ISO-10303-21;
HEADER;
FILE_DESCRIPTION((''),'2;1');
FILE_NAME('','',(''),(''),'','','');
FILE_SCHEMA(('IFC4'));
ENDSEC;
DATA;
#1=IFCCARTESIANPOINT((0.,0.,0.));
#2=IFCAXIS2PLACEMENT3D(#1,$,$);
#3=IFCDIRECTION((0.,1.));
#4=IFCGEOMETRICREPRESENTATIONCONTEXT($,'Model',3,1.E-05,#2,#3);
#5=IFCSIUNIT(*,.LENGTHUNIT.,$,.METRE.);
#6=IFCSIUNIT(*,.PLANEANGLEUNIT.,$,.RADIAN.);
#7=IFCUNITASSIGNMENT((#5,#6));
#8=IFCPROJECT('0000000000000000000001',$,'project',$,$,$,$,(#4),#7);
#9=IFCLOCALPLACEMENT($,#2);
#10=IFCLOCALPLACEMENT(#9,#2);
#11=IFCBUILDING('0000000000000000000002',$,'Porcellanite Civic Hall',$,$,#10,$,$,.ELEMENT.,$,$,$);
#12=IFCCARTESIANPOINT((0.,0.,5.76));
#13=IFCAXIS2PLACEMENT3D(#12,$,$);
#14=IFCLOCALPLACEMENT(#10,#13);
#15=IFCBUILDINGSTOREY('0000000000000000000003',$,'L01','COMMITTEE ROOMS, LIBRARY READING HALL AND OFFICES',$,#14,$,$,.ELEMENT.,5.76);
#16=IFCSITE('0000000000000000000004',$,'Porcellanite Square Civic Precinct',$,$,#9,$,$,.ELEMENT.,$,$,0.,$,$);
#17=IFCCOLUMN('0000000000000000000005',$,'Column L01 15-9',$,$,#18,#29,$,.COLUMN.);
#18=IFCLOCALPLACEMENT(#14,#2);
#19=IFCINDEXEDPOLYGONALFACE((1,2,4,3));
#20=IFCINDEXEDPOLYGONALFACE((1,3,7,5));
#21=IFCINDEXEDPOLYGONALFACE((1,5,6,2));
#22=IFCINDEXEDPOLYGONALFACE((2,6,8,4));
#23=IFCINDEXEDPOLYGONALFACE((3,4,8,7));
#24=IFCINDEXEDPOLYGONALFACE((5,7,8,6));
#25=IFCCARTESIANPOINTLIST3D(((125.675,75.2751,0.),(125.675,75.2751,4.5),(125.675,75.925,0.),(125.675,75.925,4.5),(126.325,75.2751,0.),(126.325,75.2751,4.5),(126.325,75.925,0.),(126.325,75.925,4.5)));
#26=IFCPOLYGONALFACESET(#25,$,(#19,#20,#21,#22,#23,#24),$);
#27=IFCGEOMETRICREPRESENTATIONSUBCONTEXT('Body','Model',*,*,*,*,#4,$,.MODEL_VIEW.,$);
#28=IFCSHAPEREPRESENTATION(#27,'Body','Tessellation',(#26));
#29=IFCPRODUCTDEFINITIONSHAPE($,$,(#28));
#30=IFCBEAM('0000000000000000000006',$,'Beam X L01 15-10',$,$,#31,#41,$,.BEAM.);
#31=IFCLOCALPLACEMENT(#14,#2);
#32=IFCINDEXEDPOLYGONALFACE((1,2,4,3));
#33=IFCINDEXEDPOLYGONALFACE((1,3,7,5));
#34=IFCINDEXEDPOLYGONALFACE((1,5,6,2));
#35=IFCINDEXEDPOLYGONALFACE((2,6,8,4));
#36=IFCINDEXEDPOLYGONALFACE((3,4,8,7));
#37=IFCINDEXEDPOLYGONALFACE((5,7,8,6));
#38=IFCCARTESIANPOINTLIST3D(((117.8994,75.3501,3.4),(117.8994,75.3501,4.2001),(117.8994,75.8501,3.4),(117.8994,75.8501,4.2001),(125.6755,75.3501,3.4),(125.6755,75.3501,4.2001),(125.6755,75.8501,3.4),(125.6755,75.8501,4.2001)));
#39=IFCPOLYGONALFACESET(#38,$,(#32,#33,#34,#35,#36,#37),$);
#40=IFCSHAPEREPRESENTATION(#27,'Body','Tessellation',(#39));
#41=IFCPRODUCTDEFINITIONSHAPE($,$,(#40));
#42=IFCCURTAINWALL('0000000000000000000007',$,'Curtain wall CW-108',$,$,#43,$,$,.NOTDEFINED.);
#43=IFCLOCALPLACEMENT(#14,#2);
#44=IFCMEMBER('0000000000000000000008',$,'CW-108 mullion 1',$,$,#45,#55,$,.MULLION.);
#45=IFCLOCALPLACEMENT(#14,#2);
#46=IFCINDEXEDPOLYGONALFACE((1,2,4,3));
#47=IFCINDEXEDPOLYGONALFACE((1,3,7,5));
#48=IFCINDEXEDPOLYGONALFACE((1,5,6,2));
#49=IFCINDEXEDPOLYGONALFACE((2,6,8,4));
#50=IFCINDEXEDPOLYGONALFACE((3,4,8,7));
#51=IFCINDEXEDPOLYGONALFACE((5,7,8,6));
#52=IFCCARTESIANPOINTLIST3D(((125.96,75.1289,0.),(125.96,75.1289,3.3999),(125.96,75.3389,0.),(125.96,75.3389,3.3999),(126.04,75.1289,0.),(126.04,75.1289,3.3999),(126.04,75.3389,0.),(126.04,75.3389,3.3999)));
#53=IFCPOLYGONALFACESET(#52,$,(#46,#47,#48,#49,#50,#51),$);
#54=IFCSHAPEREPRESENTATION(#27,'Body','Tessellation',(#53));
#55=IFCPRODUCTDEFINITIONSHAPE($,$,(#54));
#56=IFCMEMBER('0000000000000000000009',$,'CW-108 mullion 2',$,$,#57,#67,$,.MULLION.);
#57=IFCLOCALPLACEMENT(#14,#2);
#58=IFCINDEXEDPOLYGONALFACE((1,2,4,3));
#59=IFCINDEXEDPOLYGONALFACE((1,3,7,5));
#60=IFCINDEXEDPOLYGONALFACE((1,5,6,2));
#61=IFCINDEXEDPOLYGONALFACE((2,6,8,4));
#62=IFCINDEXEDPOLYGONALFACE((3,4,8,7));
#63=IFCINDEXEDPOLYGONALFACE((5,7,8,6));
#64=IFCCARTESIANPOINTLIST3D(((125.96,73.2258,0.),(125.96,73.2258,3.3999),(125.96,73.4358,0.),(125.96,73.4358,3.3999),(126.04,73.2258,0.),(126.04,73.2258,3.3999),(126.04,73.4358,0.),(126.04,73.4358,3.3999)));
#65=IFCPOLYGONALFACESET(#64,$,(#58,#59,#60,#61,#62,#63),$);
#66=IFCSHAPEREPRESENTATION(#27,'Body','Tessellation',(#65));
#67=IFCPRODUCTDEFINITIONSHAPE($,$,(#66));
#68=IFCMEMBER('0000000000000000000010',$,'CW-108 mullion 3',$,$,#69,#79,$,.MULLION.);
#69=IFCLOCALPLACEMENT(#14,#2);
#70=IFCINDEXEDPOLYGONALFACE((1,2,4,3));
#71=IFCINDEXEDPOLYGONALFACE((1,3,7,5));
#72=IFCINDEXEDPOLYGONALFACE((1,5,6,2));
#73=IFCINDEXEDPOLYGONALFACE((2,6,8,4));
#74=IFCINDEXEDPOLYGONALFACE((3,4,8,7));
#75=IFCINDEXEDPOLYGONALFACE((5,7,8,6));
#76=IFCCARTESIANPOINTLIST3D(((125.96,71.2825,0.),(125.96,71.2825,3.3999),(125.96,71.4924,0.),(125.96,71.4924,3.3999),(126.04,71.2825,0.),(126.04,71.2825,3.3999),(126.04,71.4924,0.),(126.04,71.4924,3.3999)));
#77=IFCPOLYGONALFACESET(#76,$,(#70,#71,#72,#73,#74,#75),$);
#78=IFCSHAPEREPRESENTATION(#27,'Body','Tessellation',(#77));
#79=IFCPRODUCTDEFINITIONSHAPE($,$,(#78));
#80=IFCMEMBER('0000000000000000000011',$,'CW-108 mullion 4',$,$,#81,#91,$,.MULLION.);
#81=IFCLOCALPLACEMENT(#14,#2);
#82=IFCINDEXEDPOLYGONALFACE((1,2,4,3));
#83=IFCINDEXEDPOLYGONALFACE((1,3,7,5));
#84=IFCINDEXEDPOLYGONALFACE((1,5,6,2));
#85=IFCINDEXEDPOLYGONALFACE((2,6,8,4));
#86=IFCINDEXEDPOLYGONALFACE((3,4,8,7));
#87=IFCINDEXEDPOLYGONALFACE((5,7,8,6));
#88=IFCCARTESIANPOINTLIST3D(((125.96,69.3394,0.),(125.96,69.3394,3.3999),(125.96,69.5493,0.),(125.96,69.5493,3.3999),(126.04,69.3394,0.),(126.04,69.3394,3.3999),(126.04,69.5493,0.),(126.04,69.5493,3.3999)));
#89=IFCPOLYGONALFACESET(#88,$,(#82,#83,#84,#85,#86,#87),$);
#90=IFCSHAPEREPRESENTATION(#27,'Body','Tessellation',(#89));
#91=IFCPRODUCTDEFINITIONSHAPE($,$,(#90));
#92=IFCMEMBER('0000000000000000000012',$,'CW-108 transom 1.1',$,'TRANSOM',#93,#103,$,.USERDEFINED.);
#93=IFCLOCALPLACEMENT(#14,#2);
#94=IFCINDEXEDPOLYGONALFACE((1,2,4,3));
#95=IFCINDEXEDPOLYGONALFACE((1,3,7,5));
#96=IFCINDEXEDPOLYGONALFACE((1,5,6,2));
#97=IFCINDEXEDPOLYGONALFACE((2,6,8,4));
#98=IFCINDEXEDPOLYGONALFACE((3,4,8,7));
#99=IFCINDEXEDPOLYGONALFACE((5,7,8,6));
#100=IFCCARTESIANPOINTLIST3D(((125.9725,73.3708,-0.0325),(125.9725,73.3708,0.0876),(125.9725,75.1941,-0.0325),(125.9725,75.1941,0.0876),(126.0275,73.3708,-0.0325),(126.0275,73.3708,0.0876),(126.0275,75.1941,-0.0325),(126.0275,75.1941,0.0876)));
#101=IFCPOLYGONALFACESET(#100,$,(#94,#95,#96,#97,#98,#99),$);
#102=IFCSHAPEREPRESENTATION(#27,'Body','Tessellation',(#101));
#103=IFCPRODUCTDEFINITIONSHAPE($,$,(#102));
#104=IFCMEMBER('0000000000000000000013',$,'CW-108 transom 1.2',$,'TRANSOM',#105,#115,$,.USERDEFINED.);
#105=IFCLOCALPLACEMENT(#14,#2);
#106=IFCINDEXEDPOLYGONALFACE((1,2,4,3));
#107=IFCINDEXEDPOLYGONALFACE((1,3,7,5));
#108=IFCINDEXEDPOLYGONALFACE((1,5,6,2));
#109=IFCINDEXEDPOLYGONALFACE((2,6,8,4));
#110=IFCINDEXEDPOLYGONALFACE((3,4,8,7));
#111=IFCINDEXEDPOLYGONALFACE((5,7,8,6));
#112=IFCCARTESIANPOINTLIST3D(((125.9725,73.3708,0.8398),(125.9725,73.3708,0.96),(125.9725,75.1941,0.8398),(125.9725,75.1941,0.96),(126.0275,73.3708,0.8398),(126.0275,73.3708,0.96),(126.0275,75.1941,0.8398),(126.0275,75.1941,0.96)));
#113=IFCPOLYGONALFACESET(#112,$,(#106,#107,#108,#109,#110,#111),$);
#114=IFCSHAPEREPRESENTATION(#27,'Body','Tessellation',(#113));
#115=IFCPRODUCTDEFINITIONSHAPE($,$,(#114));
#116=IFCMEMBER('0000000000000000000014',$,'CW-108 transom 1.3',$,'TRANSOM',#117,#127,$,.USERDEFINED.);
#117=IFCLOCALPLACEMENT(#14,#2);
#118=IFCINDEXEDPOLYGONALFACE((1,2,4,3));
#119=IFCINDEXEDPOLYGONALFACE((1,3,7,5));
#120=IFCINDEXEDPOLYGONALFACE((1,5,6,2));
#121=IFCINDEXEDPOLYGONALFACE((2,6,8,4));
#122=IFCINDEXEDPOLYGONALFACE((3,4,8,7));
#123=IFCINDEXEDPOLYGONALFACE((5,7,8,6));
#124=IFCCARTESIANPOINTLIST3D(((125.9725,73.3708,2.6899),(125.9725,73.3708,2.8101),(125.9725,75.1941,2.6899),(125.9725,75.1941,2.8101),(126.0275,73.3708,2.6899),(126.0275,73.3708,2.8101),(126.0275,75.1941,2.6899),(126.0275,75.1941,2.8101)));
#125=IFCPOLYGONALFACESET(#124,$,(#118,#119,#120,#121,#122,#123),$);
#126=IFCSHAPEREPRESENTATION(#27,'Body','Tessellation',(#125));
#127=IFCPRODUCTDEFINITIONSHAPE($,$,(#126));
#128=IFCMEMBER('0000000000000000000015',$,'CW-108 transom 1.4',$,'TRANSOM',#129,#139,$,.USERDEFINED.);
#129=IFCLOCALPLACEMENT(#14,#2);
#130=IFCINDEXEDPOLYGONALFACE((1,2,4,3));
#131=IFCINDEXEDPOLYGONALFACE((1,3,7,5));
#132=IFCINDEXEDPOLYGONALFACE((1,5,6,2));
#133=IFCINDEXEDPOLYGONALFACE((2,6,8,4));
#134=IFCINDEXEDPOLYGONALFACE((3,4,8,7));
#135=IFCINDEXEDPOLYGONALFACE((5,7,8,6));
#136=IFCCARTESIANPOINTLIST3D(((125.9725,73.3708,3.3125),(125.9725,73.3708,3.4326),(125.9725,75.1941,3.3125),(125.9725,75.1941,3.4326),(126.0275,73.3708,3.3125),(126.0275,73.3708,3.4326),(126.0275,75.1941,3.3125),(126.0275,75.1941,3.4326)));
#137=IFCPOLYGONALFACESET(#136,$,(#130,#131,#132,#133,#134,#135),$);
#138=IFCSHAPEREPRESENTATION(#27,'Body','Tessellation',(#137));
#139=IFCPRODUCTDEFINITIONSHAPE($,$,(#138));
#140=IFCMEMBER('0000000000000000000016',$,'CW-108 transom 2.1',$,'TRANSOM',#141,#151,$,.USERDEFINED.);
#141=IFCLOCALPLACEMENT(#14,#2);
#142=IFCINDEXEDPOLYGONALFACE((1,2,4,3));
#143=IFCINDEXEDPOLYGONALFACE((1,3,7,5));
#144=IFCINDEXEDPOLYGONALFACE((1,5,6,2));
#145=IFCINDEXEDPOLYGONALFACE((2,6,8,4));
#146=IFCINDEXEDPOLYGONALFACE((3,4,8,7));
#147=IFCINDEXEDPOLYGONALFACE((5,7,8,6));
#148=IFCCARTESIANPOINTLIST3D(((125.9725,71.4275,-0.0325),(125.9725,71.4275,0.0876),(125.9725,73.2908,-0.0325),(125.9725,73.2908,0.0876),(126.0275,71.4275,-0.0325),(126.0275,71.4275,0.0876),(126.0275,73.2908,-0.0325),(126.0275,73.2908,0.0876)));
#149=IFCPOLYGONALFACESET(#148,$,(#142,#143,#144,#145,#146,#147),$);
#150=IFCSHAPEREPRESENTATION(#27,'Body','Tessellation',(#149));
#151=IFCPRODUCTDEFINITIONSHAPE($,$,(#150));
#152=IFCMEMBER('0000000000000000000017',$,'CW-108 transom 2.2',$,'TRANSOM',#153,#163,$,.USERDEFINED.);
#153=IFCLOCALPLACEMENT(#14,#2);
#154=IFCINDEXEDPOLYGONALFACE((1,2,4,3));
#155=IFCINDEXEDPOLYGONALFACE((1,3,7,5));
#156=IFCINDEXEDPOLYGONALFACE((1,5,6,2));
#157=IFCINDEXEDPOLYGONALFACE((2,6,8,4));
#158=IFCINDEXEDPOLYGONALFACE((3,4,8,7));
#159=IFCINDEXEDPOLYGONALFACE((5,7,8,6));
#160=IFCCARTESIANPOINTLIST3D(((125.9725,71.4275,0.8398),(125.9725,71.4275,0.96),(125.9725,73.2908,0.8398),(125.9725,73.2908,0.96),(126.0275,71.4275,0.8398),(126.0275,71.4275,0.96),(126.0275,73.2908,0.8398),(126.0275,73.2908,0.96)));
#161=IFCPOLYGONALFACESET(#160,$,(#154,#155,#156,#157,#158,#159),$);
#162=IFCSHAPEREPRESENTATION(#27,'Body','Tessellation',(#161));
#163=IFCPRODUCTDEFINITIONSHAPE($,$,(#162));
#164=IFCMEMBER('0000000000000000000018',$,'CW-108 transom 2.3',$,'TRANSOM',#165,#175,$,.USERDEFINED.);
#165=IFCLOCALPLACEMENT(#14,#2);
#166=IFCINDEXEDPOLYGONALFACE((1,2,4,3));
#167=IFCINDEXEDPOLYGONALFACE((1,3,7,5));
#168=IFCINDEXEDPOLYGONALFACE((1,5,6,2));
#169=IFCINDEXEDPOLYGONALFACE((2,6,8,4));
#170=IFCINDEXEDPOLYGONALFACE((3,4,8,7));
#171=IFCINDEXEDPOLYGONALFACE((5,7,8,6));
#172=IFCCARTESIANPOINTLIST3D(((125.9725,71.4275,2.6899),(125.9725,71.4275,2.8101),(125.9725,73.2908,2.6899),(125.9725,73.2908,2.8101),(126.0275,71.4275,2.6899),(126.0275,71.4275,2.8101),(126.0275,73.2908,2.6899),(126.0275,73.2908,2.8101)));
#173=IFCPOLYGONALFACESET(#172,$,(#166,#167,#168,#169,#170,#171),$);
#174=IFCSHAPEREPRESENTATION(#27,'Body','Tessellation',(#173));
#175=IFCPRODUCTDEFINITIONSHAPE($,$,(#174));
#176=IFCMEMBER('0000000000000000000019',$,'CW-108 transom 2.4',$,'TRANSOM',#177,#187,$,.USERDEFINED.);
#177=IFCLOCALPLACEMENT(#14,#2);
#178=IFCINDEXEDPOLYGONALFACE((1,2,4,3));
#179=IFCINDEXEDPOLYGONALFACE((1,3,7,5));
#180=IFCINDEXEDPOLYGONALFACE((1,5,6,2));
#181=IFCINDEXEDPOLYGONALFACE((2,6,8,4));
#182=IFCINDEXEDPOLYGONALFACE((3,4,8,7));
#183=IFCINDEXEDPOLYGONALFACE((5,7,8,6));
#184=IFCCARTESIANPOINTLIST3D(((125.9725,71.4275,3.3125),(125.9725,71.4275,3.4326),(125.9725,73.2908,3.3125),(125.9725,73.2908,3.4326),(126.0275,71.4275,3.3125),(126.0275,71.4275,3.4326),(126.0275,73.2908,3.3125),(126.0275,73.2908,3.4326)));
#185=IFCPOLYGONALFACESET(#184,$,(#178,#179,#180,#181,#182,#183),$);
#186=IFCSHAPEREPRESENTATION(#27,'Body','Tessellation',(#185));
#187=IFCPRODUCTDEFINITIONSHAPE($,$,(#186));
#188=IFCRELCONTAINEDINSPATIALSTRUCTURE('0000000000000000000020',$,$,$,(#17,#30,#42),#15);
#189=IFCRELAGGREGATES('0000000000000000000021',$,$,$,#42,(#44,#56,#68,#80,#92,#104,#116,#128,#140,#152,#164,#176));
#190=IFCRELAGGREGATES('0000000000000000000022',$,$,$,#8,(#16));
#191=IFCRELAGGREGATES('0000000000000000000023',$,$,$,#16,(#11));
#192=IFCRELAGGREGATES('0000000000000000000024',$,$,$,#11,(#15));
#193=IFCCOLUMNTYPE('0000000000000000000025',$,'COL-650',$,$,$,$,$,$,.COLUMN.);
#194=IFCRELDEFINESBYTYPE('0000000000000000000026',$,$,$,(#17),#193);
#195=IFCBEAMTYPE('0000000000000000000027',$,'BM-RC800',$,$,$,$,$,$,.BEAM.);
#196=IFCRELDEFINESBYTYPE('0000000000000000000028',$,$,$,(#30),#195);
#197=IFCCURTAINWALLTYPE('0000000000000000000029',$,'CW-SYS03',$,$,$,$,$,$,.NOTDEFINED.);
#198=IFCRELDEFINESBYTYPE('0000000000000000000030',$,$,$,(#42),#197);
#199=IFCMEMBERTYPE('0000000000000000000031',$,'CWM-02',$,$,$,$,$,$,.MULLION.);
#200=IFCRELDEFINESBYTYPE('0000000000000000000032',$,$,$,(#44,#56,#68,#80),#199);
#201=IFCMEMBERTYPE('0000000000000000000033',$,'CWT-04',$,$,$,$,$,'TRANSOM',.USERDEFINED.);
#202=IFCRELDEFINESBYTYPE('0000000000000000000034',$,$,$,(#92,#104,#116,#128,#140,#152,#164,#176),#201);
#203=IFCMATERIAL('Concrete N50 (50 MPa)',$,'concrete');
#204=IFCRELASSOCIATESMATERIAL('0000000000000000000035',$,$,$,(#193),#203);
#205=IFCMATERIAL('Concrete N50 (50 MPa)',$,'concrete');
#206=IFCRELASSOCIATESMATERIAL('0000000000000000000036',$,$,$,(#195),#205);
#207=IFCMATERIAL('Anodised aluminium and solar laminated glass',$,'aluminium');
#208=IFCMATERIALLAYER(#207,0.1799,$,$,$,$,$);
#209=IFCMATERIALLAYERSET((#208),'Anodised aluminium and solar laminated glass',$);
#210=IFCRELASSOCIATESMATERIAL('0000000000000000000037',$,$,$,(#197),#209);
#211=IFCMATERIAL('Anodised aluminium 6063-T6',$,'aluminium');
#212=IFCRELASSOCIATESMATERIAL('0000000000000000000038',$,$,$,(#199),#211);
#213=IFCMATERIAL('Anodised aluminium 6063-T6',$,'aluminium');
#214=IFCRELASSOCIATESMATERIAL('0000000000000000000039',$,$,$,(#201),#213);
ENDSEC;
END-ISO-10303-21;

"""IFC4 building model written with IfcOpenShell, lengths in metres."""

from ifc_helpers import new_model, si_unit, direction, frame, origin, origin_2d, place, context, subcontext, project, spatial, rectangle, extrude, material, layer, layer_set, material_profile, profile_set, type_object, element, aggregate, save


model = new_model("IFC4")

# Units and contexts
model_context = context("Model", 3, precision=1e-05, world=origin(), true_north=direction((0.0, 1.0)))
body_context = subcontext(model_context, "Body", "Model", "MODEL_VIEW")
ifc_project = project(units=[si_unit("LENGTHUNIT", "METRE"), si_unit("PLANEANGLEUNIT", "RADIAN")], contexts=[model_context])

# Site, building, storey
site_placement = place(None, origin())
site = spatial("IfcSite", under=ifc_project, at=site_placement, Name="Porcellanite Square Civic Precinct", CompositionType="ELEMENT", RefElevation=0.0)
building_placement = place(site_placement, origin())
building = spatial("IfcBuilding", under=site, at=building_placement, Name="Porcellanite Civic Hall", CompositionType="ELEMENT")
storey_placement = place(building_placement, frame((0.0, 0.0, 5.76)))
storey = spatial("IfcBuildingStorey", under=building, at=storey_placement, Name="L01", Description="COMMITTEE ROOMS, LIBRARY READING HALL AND OFFICES", CompositionType="ELEMENT", Elevation=5.76)

# Column
ifc_material_1 = material(Name="Concrete N50 (50 MPa)", Category="concrete")
ifc_material_profile_1 = material_profile(ifc_material_1, rectangle(XDim=0.6499, YDim=0.6499, at=origin_2d()), Name="RC-650x650")
ifc_profile_set_1 = profile_set([ifc_material_profile_1], Name="Concrete N50 (50 MPa)")
column_type = type_object("IfcColumnType", Name="COL-650", PredefinedType="COLUMN", material=ifc_profile_set_1)
column_placement = place(storey_placement, frame((126.0, 75.6001, 0.0), z_axis=(0.0, 0.0, 1.0), x_axis=(1.0, 0.0, 0.0)))
element("IfcColumn", 1, at=column_placement, inside=storey, type_object=column_type, Name="Column L01 15-9", PredefinedType="COLUMN", context=body_context, shape_type="SweptSolid", body=[
    extrude(rectangle(XDim=0.6499, YDim=0.6499, at=origin_2d()), origin(), (0.0, 0.0, 1.0), 4.5),
])

# Beam
ifc_material_2 = material(Name="Concrete N50 (50 MPa)", Category="concrete")
ifc_material_profile_2 = material_profile(ifc_material_2, rectangle(XDim=0.5, YDim=0.8, at=origin_2d()), Name="RC-500x800")
ifc_profile_set_2 = profile_set([ifc_material_profile_2], Name="Concrete N50 (50 MPa)")
beam_type = type_object("IfcBeamType", Name="BM-RC800", PredefinedType="BEAM", material=ifc_profile_set_2)
beam_placement = place(storey_placement, frame((117.8994, 75.6001, 3.8), z_axis=(1.0, 0.0, 0.0), x_axis=(0.0, 1.0, 0.0)))
element("IfcBeam", 2, at=beam_placement, inside=storey, type_object=beam_type, Name="Beam X L01 15-10", PredefinedType="BEAM", context=body_context, shape_type="SweptSolid", body=[
    extrude(rectangle(XDim=0.5, YDim=0.8, at=origin_2d()), origin(), (0.0, 0.0, 1.0), 7.7761),
])

# Curtain wall, members
ifc_material_3 = material(Name="Anodised aluminium and solar laminated glass", Category="aluminium")
ifc_layer_1 = layer(ifc_material_3, 0.1799)
ifc_layer_set_1 = layer_set([ifc_layer_1], Name="Anodised aluminium and solar laminated glass")
curtain_wall_type = type_object("IfcCurtainWallType", Name="CW-SYS03", PredefinedType="NOTDEFINED", material=ifc_layer_set_1)
curtain_wall_placement = place(storey_placement, origin())
curtain_wall = element("IfcCurtainWall", 3, at=curtain_wall_placement, inside=storey, type_object=curtain_wall_type, Name="Curtain wall CW-108", PredefinedType="NOTDEFINED")
ifc_material_4 = material(Name="Anodised aluminium 6063-T6", Category="aluminium")
ifc_material_profile_3 = material_profile(ifc_material_4, rectangle(XDim=0.0801, YDim=0.21, at=origin_2d()), Name="AL-80x210")
ifc_profile_set_3 = profile_set([ifc_material_profile_3], Name="Anodised aluminium 6063-T6")
member_type_1 = type_object("IfcMemberType", Name="CWM-02", PredefinedType="MULLION", material=ifc_profile_set_3)
member_1_placement = place(storey_placement, frame((126.0, 75.2339, 0.0), z_axis=(0.0, 0.0, 1.0), x_axis=(1.0, 0.0, 0.0)))
member_1 = element("IfcMember", 4, at=member_1_placement, type_object=member_type_1, Name="CW-108 mullion 1", PredefinedType="MULLION", context=body_context, shape_type="SweptSolid", body=[
    extrude(rectangle(XDim=0.0801, YDim=0.21, at=origin_2d()), origin(), (0.0, 0.0, 1.0), 3.3999),
])
member_2_placement = place(storey_placement, frame((126.0, 73.3308, 0.0), z_axis=(0.0, 0.0, 1.0), x_axis=(1.0, 0.0, 0.0)))
member_2 = element("IfcMember", 5, at=member_2_placement, type_object=member_type_1, Name="CW-108 mullion 2", PredefinedType="MULLION", context=body_context, shape_type="SweptSolid", body=[
    extrude(rectangle(XDim=0.0801, YDim=0.21, at=origin_2d()), origin(), (0.0, 0.0, 1.0), 3.3999),
])
member_3_placement = place(storey_placement, frame((126.0, 71.3875, 0.0), z_axis=(0.0, 0.0, 1.0), x_axis=(1.0, 0.0, 0.0)))
member_3 = element("IfcMember", 6, at=member_3_placement, type_object=member_type_1, Name="CW-108 mullion 3", PredefinedType="MULLION", context=body_context, shape_type="SweptSolid", body=[
    extrude(rectangle(XDim=0.0801, YDim=0.21, at=origin_2d()), origin(), (0.0, 0.0, 1.0), 3.3999),
])
member_4_placement = place(storey_placement, frame((126.0, 69.4443, 0.0), z_axis=(0.0, 0.0, 1.0), x_axis=(1.0, 0.0, 0.0)))
member_4 = element("IfcMember", 7, at=member_4_placement, type_object=member_type_1, Name="CW-108 mullion 4", PredefinedType="MULLION", context=body_context, shape_type="SweptSolid", body=[
    extrude(rectangle(XDim=0.0801, YDim=0.21, at=origin_2d()), origin(), (0.0, 0.0, 1.0), 3.3999),
])
ifc_material_5 = material(Name="Anodised aluminium 6063-T6", Category="aluminium")
ifc_material_profile_4 = material_profile(ifc_material_5, rectangle(XDim=0.0549, YDim=0.1201, at=origin_2d()), Name="AL-55x120")
ifc_profile_set_4 = profile_set([ifc_material_profile_4], Name="Anodised aluminium 6063-T6")
member_type_2 = type_object("IfcMemberType", Name="CWT-04", ElementType="TRANSOM", PredefinedType="USERDEFINED", material=ifc_profile_set_4)
member_5_placement = place(storey_placement, frame((126.0, 75.1941, 0.0276), z_axis=(0.0, -1.0, 0.0), x_axis=(1.0, 0.0, 0.0)))
member_5 = element("IfcMember", 8, at=member_5_placement, type_object=member_type_2, Name="CW-108 transom 1.1", ObjectType="TRANSOM", PredefinedType="USERDEFINED", context=body_context, shape_type="SweptSolid", body=[
    extrude(rectangle(XDim=0.0549, YDim=0.1201, at=origin_2d()), origin(), (0.0, 0.0, 1.0), 1.8232),
])
member_6_placement = place(storey_placement, frame((126.0, 75.1941, 0.8999), z_axis=(0.0, -1.0, 0.0), x_axis=(1.0, 0.0, 0.0)))
member_6 = element("IfcMember", 9, at=member_6_placement, type_object=member_type_2, Name="CW-108 transom 1.2", ObjectType="TRANSOM", PredefinedType="USERDEFINED", context=body_context, shape_type="SweptSolid", body=[
    extrude(rectangle(XDim=0.0549, YDim=0.1201, at=origin_2d()), origin(), (0.0, 0.0, 1.0), 1.8232),
])
member_7_placement = place(storey_placement, frame((126.0, 75.1941, 2.75), z_axis=(0.0, -1.0, 0.0), x_axis=(1.0, 0.0, 0.0)))
member_7 = element("IfcMember", 10, at=member_7_placement, type_object=member_type_2, Name="CW-108 transom 1.3", ObjectType="TRANSOM", PredefinedType="USERDEFINED", context=body_context, shape_type="SweptSolid", body=[
    extrude(rectangle(XDim=0.0549, YDim=0.1201, at=origin_2d()), origin(), (0.0, 0.0, 1.0), 1.8232),
])
member_8_placement = place(storey_placement, frame((126.0, 75.1941, 3.3726), z_axis=(0.0, -1.0, 0.0), x_axis=(1.0, 0.0, 0.0)))
member_8 = element("IfcMember", 11, at=member_8_placement, type_object=member_type_2, Name="CW-108 transom 1.4", ObjectType="TRANSOM", PredefinedType="USERDEFINED", context=body_context, shape_type="SweptSolid", body=[
    extrude(rectangle(XDim=0.0549, YDim=0.1201, at=origin_2d()), origin(), (0.0, 0.0, 1.0), 1.8232),
])
member_9_placement = place(storey_placement, frame((126.0, 73.2908, 0.0276), z_axis=(0.0, -1.0, 0.0), x_axis=(1.0, 0.0, 0.0)))
member_9 = element("IfcMember", 12, at=member_9_placement, type_object=member_type_2, Name="CW-108 transom 2.1", ObjectType="TRANSOM", PredefinedType="USERDEFINED", context=body_context, shape_type="SweptSolid", body=[
    extrude(rectangle(XDim=0.0549, YDim=0.1201, at=origin_2d()), origin(), (0.0, 0.0, 1.0), 1.8633),
])
member_10_placement = place(storey_placement, frame((126.0, 73.2908, 0.8999), z_axis=(0.0, -1.0, 0.0), x_axis=(1.0, 0.0, 0.0)))
member_10 = element("IfcMember", 13, at=member_10_placement, type_object=member_type_2, Name="CW-108 transom 2.2", ObjectType="TRANSOM", PredefinedType="USERDEFINED", context=body_context, shape_type="SweptSolid", body=[
    extrude(rectangle(XDim=0.0549, YDim=0.1201, at=origin_2d()), origin(), (0.0, 0.0, 1.0), 1.8633),
])
member_11_placement = place(storey_placement, frame((126.0, 73.2908, 2.75), z_axis=(0.0, -1.0, 0.0), x_axis=(1.0, 0.0, 0.0)))
member_11 = element("IfcMember", 14, at=member_11_placement, type_object=member_type_2, Name="CW-108 transom 2.3", ObjectType="TRANSOM", PredefinedType="USERDEFINED", context=body_context, shape_type="SweptSolid", body=[
    extrude(rectangle(XDim=0.0549, YDim=0.1201, at=origin_2d()), origin(), (0.0, 0.0, 1.0), 1.8633),
])
member_12_placement = place(storey_placement, frame((126.0, 73.2908, 3.3726), z_axis=(0.0, -1.0, 0.0), x_axis=(1.0, 0.0, 0.0)))
member_12 = element("IfcMember", 15, at=member_12_placement, type_object=member_type_2, Name="CW-108 transom 2.4", ObjectType="TRANSOM", PredefinedType="USERDEFINED", context=body_context, shape_type="SweptSolid", body=[
    extrude(rectangle(XDim=0.0549, YDim=0.1201, at=origin_2d()), origin(), (0.0, 0.0, 1.0), 1.8633),
])
aggregate(curtain_wall, [member_1, member_2, member_3, member_4, member_5, member_6, member_7, member_8, member_9, member_10, member_11, member_12])

save(model, "model.ifc")
